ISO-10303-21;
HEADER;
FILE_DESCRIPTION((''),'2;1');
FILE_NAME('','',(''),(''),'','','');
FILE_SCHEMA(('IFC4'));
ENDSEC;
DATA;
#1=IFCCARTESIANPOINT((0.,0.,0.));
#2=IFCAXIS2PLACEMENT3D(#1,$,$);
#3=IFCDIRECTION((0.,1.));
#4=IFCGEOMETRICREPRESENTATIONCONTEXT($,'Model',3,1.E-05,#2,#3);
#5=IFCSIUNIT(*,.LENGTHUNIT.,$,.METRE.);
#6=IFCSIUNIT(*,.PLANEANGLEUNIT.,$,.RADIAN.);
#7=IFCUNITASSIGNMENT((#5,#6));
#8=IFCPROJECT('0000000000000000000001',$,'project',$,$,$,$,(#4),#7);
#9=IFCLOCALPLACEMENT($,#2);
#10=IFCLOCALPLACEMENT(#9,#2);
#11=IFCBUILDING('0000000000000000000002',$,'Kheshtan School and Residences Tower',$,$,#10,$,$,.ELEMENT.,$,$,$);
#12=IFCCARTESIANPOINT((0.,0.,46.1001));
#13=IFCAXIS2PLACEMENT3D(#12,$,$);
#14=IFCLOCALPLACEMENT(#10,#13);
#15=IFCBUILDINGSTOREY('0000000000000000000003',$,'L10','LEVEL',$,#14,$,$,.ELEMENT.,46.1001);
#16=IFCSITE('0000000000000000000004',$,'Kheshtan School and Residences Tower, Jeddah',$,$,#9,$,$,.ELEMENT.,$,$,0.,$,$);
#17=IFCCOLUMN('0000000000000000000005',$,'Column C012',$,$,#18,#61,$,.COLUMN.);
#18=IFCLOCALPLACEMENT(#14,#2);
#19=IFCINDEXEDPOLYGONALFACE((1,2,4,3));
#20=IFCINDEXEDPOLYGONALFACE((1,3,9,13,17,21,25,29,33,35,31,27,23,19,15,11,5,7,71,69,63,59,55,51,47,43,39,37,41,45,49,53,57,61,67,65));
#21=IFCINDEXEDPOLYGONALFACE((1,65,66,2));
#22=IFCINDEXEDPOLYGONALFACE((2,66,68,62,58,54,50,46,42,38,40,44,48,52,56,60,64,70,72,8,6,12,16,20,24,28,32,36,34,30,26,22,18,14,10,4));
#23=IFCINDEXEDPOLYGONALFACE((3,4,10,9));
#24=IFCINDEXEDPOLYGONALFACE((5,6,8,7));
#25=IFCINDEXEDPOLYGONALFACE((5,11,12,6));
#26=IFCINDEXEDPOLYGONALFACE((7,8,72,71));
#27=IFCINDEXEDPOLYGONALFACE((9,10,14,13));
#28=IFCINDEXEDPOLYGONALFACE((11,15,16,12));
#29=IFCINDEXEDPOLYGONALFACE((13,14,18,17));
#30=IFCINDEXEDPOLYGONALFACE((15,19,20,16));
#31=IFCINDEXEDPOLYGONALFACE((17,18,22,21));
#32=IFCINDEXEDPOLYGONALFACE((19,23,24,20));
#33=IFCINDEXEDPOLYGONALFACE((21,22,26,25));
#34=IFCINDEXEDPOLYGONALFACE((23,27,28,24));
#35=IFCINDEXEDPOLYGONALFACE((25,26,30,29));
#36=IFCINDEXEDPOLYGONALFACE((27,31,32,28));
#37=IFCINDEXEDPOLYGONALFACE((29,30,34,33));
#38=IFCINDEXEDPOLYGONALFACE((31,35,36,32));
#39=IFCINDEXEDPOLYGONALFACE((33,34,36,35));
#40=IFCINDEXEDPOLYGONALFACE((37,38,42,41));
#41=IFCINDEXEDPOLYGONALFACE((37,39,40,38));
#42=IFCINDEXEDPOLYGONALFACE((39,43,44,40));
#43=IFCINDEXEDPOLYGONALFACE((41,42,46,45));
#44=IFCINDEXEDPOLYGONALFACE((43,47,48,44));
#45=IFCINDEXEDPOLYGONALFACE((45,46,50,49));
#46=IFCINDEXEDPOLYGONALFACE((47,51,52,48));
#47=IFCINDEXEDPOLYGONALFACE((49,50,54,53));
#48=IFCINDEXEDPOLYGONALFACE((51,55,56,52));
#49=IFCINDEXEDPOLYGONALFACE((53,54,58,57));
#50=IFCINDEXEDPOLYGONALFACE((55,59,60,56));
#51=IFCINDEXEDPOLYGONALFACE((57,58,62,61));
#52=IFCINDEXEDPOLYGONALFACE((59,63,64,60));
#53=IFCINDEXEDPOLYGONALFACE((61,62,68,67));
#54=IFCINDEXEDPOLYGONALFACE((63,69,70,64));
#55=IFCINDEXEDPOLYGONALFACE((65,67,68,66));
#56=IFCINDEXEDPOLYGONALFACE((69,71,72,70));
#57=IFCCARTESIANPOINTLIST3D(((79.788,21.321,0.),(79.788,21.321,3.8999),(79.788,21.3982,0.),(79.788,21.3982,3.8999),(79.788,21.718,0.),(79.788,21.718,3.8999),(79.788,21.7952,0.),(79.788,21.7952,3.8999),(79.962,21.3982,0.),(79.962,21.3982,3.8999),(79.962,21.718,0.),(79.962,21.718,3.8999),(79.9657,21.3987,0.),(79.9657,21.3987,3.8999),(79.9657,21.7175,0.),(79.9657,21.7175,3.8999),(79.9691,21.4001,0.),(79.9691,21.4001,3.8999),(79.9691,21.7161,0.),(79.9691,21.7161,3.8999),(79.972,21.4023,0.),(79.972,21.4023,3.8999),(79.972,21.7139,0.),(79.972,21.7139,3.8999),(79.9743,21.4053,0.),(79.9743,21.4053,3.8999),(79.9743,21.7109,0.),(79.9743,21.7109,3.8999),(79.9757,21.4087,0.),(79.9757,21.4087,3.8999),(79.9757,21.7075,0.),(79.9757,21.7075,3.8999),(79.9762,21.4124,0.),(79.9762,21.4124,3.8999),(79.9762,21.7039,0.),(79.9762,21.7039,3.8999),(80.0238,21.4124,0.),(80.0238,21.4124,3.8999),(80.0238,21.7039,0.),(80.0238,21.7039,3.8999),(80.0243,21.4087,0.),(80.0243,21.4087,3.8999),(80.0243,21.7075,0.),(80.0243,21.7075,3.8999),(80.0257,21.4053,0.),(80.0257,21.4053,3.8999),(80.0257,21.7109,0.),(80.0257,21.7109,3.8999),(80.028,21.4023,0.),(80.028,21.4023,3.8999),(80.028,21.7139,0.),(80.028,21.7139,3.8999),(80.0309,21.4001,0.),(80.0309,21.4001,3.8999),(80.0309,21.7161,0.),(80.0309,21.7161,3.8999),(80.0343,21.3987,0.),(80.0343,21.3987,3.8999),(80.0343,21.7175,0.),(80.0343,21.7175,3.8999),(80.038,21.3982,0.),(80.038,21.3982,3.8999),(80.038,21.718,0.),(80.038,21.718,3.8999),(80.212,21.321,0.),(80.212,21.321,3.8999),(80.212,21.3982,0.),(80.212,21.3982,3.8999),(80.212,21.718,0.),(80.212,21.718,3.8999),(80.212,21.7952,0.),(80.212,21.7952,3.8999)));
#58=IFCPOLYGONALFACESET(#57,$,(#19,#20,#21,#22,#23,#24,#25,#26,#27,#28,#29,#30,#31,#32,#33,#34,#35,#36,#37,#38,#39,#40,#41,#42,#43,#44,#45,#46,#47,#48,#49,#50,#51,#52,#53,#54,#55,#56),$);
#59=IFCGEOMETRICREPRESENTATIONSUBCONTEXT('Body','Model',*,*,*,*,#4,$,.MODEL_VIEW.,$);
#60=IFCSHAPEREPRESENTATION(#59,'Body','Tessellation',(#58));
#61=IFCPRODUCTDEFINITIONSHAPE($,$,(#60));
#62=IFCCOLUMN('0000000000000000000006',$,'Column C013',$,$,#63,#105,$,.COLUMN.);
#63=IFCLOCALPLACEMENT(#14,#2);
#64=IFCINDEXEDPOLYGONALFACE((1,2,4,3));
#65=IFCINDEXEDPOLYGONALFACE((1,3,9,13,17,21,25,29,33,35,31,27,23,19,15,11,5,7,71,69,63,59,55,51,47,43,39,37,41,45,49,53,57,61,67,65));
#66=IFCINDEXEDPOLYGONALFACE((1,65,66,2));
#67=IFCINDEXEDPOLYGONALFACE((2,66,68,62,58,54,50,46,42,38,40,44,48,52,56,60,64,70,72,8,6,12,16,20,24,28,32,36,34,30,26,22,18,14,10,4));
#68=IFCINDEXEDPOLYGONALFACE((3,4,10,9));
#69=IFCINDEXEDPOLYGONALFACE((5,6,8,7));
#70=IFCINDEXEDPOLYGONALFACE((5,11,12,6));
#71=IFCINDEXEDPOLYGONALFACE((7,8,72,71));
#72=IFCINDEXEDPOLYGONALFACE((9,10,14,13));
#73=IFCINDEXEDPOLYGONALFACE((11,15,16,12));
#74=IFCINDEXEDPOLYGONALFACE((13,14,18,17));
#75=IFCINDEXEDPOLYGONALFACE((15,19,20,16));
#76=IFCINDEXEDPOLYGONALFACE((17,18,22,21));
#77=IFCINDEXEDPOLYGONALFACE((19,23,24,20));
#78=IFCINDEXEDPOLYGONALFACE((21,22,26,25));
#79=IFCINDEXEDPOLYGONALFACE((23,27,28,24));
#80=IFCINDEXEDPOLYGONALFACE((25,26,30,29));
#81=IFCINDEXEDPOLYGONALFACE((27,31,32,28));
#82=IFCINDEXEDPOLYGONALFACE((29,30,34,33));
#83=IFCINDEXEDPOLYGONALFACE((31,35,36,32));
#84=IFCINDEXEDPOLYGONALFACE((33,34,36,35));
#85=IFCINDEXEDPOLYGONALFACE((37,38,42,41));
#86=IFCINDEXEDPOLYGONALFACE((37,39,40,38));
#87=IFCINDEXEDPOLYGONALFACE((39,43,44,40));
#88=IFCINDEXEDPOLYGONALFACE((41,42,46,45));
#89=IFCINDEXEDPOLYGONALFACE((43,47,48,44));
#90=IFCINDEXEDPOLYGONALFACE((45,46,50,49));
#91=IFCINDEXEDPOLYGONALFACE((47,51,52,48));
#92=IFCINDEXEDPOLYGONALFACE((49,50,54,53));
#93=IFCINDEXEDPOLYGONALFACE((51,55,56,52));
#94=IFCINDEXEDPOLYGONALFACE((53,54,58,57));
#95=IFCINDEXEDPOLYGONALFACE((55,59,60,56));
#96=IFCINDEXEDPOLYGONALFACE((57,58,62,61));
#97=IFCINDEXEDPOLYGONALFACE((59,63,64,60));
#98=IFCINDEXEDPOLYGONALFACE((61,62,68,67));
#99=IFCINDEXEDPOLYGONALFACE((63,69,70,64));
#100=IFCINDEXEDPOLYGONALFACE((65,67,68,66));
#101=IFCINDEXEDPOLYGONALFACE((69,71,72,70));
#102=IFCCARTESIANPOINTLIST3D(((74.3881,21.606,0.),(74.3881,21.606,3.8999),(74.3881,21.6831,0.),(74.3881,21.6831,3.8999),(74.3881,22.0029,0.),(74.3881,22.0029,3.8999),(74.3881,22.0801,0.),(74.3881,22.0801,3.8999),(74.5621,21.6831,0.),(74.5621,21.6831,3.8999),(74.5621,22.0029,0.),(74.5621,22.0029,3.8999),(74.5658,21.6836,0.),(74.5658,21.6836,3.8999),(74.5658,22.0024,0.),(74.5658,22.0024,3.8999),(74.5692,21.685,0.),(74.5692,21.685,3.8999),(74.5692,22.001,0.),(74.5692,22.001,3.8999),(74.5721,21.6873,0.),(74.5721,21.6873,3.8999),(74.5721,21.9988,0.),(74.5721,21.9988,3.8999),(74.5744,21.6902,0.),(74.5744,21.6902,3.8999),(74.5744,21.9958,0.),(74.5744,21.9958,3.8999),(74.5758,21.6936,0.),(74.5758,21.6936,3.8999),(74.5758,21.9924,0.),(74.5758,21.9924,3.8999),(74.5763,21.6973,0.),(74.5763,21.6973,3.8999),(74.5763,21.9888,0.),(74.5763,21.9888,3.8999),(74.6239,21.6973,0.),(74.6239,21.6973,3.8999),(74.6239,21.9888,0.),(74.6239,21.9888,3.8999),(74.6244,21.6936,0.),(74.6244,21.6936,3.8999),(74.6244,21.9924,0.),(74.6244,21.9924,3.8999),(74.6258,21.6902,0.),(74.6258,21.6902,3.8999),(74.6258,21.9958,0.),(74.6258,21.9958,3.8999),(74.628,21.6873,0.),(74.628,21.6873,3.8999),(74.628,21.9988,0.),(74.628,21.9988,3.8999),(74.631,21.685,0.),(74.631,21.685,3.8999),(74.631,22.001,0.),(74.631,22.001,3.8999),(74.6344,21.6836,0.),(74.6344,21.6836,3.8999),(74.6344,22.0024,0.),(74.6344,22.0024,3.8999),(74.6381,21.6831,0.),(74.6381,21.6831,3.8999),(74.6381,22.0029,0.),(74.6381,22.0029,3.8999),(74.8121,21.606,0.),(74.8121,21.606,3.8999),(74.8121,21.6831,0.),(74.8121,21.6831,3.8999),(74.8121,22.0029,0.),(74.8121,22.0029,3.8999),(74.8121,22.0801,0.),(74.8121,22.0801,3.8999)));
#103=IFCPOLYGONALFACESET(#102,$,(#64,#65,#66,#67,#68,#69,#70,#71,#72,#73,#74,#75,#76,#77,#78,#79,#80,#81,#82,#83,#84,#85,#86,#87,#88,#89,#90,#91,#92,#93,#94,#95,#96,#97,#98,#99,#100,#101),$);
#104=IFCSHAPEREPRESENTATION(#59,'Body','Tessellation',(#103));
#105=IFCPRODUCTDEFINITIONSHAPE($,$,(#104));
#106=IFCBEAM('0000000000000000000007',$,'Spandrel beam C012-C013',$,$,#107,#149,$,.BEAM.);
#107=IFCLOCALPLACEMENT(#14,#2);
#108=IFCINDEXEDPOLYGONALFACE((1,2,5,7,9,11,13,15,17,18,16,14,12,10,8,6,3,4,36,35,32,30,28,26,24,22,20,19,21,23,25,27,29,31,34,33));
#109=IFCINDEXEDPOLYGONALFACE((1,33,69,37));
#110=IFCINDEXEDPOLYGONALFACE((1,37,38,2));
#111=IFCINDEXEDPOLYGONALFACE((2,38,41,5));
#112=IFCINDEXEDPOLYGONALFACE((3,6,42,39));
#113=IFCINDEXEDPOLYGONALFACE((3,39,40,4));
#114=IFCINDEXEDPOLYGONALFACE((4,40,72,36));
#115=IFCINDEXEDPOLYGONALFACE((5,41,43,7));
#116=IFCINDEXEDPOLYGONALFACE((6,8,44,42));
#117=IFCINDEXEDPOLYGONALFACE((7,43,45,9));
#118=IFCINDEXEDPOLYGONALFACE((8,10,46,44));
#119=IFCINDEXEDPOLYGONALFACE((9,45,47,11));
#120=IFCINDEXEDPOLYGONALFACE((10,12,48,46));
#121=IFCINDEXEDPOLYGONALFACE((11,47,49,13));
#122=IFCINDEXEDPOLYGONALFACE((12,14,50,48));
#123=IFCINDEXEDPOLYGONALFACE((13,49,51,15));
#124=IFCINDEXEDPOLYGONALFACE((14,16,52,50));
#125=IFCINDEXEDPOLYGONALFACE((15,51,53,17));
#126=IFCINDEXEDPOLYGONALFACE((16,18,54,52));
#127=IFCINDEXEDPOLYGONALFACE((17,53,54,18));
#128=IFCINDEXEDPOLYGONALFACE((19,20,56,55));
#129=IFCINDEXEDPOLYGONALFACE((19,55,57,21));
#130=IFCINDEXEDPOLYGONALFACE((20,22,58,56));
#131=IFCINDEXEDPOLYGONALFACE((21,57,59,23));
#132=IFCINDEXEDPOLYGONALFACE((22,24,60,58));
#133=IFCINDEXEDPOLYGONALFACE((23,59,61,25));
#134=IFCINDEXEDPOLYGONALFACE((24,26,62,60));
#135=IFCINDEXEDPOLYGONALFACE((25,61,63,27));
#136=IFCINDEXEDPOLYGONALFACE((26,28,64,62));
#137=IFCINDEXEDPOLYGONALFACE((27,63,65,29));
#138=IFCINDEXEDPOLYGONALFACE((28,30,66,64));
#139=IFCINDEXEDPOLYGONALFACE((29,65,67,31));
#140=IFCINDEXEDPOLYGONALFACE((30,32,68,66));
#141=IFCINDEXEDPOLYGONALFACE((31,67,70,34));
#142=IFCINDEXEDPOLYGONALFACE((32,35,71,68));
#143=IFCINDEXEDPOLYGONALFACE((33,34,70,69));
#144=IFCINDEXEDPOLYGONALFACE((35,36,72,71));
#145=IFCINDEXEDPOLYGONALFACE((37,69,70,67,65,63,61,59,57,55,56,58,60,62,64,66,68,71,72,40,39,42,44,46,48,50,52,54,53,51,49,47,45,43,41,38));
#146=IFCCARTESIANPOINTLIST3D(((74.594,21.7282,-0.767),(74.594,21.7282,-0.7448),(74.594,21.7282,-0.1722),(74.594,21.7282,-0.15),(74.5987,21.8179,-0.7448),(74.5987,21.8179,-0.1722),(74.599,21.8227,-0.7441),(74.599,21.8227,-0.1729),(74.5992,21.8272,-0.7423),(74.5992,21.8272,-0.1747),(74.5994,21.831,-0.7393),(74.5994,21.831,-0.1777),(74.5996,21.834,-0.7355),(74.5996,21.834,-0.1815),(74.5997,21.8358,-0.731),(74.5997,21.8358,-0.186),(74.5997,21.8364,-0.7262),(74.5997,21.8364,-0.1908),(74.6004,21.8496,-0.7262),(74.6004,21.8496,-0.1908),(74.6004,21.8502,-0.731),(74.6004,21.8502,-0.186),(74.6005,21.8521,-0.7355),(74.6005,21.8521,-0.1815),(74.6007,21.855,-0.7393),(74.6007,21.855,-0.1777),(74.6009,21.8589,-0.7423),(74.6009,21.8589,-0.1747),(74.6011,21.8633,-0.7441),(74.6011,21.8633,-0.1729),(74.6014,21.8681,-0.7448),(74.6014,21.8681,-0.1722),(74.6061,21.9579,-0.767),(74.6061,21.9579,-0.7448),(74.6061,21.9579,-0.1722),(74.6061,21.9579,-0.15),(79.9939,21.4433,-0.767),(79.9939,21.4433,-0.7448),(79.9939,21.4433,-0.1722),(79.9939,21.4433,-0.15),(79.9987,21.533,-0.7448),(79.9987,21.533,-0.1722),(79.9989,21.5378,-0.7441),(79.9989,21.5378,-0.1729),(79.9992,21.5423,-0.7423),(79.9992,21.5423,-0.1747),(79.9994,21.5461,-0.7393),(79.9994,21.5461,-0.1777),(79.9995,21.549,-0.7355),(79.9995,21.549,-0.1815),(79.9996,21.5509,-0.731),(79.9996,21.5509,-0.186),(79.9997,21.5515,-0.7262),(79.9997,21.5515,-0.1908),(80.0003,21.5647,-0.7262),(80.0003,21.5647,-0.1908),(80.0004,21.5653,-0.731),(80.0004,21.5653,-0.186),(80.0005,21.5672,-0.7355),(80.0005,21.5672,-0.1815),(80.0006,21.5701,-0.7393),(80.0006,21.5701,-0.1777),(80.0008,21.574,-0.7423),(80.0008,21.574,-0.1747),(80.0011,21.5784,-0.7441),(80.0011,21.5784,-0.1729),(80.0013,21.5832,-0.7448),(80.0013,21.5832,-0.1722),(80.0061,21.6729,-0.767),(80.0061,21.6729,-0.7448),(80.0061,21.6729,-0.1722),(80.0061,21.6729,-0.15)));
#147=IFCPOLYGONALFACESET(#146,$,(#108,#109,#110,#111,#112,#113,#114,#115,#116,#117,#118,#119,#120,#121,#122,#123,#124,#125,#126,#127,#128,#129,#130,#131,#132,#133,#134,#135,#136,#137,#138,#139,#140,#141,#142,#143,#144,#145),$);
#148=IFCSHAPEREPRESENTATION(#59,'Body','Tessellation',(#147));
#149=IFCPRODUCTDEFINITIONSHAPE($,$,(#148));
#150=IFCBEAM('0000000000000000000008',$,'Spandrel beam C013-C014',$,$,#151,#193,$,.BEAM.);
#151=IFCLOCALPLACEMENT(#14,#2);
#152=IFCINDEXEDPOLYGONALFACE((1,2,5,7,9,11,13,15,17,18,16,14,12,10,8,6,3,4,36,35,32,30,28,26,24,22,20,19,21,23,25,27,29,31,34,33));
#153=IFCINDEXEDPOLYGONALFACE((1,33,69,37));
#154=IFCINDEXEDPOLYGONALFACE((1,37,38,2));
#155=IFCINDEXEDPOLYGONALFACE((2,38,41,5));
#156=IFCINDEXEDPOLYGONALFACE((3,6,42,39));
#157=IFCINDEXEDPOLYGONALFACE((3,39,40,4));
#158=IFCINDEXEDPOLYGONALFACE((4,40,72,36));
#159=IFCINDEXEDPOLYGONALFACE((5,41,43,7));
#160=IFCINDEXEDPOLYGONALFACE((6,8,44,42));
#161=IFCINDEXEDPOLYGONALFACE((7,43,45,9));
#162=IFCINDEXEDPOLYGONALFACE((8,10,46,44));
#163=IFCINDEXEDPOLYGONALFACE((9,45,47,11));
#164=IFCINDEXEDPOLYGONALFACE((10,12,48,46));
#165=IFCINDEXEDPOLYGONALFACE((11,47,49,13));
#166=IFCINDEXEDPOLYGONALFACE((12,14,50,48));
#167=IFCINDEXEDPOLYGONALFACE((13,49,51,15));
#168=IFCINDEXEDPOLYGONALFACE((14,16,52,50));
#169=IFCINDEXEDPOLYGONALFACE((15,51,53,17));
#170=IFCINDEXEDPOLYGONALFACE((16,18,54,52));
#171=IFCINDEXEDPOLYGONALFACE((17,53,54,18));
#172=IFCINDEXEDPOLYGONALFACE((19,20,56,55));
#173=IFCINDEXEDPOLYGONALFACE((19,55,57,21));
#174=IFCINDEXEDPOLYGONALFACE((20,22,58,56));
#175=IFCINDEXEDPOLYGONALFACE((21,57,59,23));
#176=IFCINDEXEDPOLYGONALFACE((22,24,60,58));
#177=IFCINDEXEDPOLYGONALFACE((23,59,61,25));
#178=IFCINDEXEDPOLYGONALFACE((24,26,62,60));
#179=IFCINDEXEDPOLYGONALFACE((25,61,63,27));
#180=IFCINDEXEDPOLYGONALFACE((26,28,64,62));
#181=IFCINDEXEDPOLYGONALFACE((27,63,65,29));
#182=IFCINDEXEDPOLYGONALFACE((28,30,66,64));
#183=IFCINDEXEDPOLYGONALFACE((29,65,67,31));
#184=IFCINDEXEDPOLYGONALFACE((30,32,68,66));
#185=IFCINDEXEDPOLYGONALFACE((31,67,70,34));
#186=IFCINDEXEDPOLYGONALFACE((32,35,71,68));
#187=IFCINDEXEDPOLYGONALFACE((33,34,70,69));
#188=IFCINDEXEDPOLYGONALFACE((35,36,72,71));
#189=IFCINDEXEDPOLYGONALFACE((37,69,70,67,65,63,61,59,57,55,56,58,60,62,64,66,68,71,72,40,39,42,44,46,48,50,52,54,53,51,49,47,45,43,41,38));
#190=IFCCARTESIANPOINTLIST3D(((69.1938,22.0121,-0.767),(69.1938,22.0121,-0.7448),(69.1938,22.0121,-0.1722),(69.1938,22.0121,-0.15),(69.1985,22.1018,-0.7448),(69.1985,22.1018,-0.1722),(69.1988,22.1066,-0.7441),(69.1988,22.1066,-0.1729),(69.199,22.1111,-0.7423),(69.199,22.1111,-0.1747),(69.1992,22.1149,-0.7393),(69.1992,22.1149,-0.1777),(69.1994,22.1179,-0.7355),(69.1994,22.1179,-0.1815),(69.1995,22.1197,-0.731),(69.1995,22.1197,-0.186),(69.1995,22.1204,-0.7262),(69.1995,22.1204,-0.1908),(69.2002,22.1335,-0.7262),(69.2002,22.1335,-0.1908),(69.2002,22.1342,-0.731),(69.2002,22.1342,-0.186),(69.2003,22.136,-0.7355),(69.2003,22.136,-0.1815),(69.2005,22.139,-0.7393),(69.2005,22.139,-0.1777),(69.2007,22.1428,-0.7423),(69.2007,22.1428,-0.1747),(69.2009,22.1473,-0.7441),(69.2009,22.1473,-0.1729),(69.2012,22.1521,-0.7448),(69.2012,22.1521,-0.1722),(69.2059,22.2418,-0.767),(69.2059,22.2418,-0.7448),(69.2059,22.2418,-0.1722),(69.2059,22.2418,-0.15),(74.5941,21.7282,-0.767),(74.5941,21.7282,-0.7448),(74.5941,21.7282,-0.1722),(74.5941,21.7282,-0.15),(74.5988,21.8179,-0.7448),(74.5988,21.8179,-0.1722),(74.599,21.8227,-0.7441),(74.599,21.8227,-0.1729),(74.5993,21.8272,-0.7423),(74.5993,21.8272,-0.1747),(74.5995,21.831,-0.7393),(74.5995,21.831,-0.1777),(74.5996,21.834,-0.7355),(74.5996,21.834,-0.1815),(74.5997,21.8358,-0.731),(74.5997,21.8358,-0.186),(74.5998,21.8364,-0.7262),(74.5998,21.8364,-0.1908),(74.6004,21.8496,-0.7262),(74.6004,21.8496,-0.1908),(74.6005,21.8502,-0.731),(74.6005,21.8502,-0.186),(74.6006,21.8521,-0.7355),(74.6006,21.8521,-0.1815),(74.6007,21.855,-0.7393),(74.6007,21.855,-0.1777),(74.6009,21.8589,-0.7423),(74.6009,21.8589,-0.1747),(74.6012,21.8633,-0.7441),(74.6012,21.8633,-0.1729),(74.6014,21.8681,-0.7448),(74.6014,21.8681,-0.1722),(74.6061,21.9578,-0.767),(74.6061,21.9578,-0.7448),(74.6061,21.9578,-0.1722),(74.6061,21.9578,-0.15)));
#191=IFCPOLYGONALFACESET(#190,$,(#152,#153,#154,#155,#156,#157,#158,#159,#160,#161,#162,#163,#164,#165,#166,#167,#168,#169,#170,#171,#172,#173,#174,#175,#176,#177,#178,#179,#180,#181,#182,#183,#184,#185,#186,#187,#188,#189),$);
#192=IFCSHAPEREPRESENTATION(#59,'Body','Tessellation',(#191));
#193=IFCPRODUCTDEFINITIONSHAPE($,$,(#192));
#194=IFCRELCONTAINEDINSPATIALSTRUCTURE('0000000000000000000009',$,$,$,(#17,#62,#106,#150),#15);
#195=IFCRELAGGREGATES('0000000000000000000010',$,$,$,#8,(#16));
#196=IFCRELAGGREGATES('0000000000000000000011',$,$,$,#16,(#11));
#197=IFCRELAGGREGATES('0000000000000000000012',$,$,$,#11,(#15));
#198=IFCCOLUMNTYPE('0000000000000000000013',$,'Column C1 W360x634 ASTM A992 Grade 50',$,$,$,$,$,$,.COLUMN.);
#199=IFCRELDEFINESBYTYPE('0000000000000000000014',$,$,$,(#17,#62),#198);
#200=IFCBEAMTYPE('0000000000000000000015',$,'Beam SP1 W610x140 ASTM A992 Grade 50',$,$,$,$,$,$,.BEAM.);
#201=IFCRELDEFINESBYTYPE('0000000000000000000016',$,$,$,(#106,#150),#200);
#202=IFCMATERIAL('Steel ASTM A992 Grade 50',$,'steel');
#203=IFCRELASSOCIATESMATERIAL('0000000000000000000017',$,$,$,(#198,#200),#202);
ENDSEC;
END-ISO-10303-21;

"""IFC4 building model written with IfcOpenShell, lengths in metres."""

from ifc_helpers import new_model, si_unit, direction, frame, origin, origin_2d, place, context, subcontext, project, spatial, i_section, extrude, material, material_profile, profile_set, type_object, element, save


model = new_model("IFC4")

# Units and contexts
model_context = context("Model", 3, precision=1e-05, world=origin(), true_north=direction((0.0, 1.0)))
body_context = subcontext(model_context, "Body", "Model", "MODEL_VIEW")
ifc_project = project(units=[si_unit("LENGTHUNIT", "METRE"), si_unit("PLANEANGLEUNIT", "RADIAN")], contexts=[model_context])

# Site, building, storey
site_placement = place(None, origin())
site = spatial("IfcSite", under=ifc_project, at=site_placement, Name="Kheshtan School and Residences Tower, Jeddah", CompositionType="ELEMENT", RefElevation=0.0)
building_placement = place(site_placement, origin())
building = spatial("IfcBuilding", under=site, at=building_placement, Name="Kheshtan School and Residences Tower", CompositionType="ELEMENT")
storey_placement = place(building_placement, frame((0.0, 0.0, 46.1001)))
storey = spatial("IfcBuildingStorey", under=building, at=storey_placement, Name="L10", Description="LEVEL", CompositionType="ELEMENT", Elevation=46.1001)

# Columns
ifc_material_1 = material(Name="Steel ASTM A992 Grade 50", Category="steel")
ifc_material_profile_1 = material_profile(ifc_material_1, i_section(OverallWidth=0.4241, OverallDepth=0.4741, WebThickness=0.0476, FlangeThickness=0.0771, FilletRadius=0.0142, at=origin_2d()), Name="W360x634")
ifc_profile_set_1 = profile_set([ifc_material_profile_1], Name="Steel ASTM A992 Grade 50")
column_type = type_object("IfcColumnType", Name="Column C1 W360x634 ASTM A992 Grade 50", PredefinedType="COLUMN", material=ifc_profile_set_1)
for number, where, z_axis, x_axis, name in (
    (1, (80.0, 21.5581, 0.0), (0.0, 0.0, 1.0), (1.0, 0.0, 0.0), "Column C012"),
    (2, (74.6001, 21.843, 0.0), (0.0, 0.0, 1.0), (1.0, 0.0, 0.0), "Column C013"),
):
    element("IfcColumn", number, at=place(storey_placement, frame(where, z_axis=z_axis, x_axis=x_axis)), inside=storey, type_object=column_type, Name=name, PredefinedType="COLUMN", context=body_context, shape_type="SweptSolid", body=[
        extrude(i_section(OverallWidth=0.4241, OverallDepth=0.4741, WebThickness=0.0476, FlangeThickness=0.0771, FilletRadius=0.0142, at=origin_2d()), origin(), (0.0, 0.0, 1.0), 3.8999),
    ])

# Beams
ifc_material_profile_2 = material_profile(ifc_material_1, i_section(OverallWidth=0.23, OverallDepth=0.6169, WebThickness=0.0132, FlangeThickness=0.0222, FilletRadius=0.0186, at=origin_2d()), Name="W610x140")
ifc_profile_set_2 = profile_set([ifc_material_profile_2], Name="Steel ASTM A992 Grade 50")
beam_type = type_object("IfcBeamType", Name="Beam SP1 W610x140 ASTM A992 Grade 50", PredefinedType="BEAM", material=ifc_profile_set_2)
beam_1_placement = place(storey_placement, frame((80.0, 21.5581, -0.4585), z_axis=(-0.998611, 0.052689, 0.0), x_axis=(-0.052689, -0.998611, 0.0)))
element("IfcBeam", 3, at=beam_1_placement, inside=storey, type_object=beam_type, Name="Spandrel beam C012-C013", PredefinedType="BEAM", context=body_context, shape_type="SweptSolid", body=[
    extrude(i_section(OverallWidth=0.23, OverallDepth=0.6169, WebThickness=0.0132, FlangeThickness=0.0222, FilletRadius=0.0186, at=origin_2d()), origin(), (0.0, 0.0, 1.0), 5.4075),
])
beam_2_placement = place(storey_placement, frame((74.6001, 21.843, -0.4585), z_axis=(-0.998621, 0.052507, 0.0), x_axis=(-0.052507, -0.998621, 0.0)))
element("IfcBeam", 4, at=beam_2_placement, inside=storey, type_object=beam_type, Name="Spandrel beam C013-C014", PredefinedType="BEAM", context=body_context, shape_type="SweptSolid", body=[
    extrude(i_section(OverallWidth=0.23, OverallDepth=0.6169, WebThickness=0.0132, FlangeThickness=0.0222, FilletRadius=0.0186, at=origin_2d()), origin(), (0.0, 0.0, 1.0), 5.4077),
])

save(model, "model.ifc")
